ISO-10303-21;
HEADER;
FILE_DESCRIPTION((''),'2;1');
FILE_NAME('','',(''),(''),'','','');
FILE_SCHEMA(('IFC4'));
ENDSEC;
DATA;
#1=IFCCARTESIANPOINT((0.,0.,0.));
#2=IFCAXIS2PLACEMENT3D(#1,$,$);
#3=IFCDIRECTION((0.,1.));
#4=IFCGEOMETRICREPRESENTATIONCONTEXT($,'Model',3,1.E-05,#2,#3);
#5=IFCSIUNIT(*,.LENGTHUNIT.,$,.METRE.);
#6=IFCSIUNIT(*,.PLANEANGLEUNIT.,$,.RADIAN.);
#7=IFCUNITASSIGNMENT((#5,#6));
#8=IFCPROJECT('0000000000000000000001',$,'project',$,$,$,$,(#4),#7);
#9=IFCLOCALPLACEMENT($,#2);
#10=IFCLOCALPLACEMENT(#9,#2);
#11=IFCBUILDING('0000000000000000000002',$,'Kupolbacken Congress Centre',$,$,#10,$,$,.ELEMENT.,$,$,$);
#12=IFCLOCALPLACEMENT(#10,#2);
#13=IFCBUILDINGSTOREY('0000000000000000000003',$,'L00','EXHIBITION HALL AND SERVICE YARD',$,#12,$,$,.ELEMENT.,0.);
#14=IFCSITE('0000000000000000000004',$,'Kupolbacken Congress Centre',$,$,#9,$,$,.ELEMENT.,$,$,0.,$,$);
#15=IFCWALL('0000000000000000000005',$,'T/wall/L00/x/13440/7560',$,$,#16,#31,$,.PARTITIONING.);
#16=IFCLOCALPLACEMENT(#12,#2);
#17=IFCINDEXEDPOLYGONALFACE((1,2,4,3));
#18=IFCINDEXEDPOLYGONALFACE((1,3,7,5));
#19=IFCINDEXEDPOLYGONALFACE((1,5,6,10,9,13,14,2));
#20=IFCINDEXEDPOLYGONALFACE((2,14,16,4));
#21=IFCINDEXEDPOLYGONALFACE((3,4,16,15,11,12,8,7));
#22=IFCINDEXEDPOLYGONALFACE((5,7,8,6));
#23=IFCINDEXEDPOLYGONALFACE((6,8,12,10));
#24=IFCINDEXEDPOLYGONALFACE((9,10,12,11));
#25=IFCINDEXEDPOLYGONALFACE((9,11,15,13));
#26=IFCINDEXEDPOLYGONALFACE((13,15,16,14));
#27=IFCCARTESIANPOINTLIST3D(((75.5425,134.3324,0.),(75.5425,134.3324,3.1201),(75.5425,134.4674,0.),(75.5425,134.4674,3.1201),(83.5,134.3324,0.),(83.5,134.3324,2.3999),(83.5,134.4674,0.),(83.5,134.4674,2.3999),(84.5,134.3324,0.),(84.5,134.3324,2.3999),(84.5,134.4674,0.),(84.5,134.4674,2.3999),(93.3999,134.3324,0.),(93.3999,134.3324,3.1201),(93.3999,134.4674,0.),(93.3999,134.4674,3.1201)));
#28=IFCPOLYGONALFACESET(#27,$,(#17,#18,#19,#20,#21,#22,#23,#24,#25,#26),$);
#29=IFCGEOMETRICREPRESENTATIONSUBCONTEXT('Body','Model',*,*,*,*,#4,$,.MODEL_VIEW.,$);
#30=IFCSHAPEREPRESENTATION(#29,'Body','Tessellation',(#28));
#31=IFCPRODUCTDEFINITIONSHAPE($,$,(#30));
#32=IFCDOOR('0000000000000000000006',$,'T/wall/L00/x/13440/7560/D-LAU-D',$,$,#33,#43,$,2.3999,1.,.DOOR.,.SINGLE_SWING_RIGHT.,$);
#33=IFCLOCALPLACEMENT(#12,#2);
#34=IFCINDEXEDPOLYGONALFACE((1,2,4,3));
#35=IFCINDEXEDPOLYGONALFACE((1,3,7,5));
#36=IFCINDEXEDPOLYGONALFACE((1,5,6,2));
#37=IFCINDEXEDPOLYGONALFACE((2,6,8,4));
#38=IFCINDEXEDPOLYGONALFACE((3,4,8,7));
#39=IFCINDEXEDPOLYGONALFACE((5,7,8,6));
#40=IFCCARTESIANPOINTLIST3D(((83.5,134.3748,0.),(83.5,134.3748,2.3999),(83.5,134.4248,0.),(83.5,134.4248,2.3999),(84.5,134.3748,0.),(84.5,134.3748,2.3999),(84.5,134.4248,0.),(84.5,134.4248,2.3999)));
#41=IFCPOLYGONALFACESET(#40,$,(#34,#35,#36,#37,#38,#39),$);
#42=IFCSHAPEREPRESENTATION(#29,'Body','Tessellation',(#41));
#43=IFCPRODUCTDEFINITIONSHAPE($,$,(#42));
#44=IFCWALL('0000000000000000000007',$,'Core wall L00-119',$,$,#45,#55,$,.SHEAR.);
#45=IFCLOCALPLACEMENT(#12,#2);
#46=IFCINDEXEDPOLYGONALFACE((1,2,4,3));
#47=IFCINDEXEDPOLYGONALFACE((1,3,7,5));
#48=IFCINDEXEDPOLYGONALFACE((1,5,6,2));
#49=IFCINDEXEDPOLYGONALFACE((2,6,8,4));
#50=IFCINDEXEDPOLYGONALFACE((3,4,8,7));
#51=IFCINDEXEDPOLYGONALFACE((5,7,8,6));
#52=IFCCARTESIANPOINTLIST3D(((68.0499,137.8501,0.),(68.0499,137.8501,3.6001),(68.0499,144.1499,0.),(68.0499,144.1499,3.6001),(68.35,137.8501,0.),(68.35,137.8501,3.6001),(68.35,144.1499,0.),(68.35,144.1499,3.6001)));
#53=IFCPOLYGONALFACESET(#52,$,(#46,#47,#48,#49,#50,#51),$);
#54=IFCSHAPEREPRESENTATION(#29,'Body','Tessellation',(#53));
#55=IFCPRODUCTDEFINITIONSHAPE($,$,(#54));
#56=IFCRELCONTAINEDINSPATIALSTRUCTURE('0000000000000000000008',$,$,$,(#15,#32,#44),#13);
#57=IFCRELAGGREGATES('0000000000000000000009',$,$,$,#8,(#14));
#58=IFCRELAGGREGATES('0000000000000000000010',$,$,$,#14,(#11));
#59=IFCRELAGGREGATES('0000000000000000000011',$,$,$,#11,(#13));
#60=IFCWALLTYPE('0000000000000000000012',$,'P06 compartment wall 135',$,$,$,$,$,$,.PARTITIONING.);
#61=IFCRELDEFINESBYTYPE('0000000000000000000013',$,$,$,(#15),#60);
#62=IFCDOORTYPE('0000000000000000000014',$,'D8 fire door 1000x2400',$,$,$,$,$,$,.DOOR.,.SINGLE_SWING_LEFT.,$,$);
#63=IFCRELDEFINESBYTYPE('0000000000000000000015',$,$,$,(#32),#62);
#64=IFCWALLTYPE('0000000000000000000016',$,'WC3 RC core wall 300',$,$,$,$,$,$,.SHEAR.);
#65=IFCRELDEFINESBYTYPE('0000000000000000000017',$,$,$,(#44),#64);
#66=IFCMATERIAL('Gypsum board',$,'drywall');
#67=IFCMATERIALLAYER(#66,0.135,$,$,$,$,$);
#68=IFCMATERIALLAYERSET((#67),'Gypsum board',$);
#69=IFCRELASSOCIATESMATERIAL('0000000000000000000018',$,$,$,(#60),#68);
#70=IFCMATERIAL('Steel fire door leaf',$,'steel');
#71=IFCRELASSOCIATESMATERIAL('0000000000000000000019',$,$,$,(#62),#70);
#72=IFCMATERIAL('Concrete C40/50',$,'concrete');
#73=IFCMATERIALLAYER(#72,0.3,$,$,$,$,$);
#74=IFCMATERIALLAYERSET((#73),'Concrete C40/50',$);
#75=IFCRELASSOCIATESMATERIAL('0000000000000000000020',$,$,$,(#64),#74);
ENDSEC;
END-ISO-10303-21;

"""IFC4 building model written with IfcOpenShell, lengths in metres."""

from ifc_helpers import new_model, si_unit, direction, frame, frame_2d, origin, place, context, subcontext, project, spatial, rectangle, extrude, material, layer, layer_set, type_object, element, fill, save


model = new_model("IFC4")

# Units and contexts
model_context = context("Model", 3, precision=1e-05, world=origin(), true_north=direction((0.0, 1.0)))
body_context = subcontext(model_context, "Body", "Model", "MODEL_VIEW")
ifc_project = project(units=[si_unit("LENGTHUNIT", "METRE"), si_unit("PLANEANGLEUNIT", "RADIAN")], contexts=[model_context])

# Site, building, storey
site_placement = place(None, origin())
site = spatial("IfcSite", under=ifc_project, at=site_placement, Name="Kupolbacken Congress Centre", CompositionType="ELEMENT", RefElevation=0.0)
building_placement = place(site_placement, origin())
building = spatial("IfcBuilding", under=site, at=building_placement, Name="Kupolbacken Congress Centre", CompositionType="ELEMENT")
storey_placement = place(building_placement, origin())
storey = spatial("IfcBuildingStorey", under=building, at=storey_placement, Name="L00", Description="EXHIBITION HALL AND SERVICE YARD", CompositionType="ELEMENT", Elevation=0.0)

# Wall, opening, door
ifc_material_1 = material(Name="Gypsum board", Category="drywall")
ifc_layer_1 = layer(ifc_material_1, 0.135)
ifc_layer_set_1 = layer_set([ifc_layer_1], Name="Gypsum board")
wall_type_1 = type_object("IfcWallType", Name="P06 compartment wall 135", PredefinedType="PARTITIONING", material=ifc_layer_set_1)
wall_1_placement = place(storey_placement, frame((75.5425, 134.3999, 0.0), z_axis=(0.0, 0.0, 1.0), x_axis=(1.0, 0.0, 0.0)))
wall_1 = element("IfcWall", 1, at=wall_1_placement, inside=storey, type_object=wall_type_1, Name="T/wall/L00/x/13440/7560", PredefinedType="PARTITIONING", context=body_context, shape_type="SweptSolid", body=[
    extrude(rectangle(XDim=17.8574, YDim=0.135, at=frame_2d((8.9287, 0.0))), origin(), (0.0, 0.0, 1.0), 3.1201),
])
opening_1_placement = place(wall_1_placement, frame((7.9575, 0.0, 0.0)))
opening_1 = element("IfcOpeningElement", 2, at=opening_1_placement, cuts=wall_1, PredefinedType="OPENING", context=body_context, shape_type="SweptSolid", body=[
    extrude(rectangle(XDim=1.0, YDim=2.3999, at=frame_2d((0.5, 1.2))), frame((0.0, 0.0774, 0.0), z_axis=(0.0, -1.0, 0.0), x_axis=(1.0, 0.0, 0.0)), (0.0, 0.0, 1.0), 0.155),
])
ifc_material_2 = material(Name="Steel fire door leaf", Category="steel")
door_type_1 = type_object("IfcDoorType", Name="D8 fire door 1000x2400", OperationType="SINGLE_SWING_LEFT", PredefinedType="DOOR", material=ifc_material_2)
door_1_placement = place(opening_1_placement, origin())
door_1 = element("IfcDoor", 3, at=door_1_placement, inside=storey, type_object=door_type_1, Name="T/wall/L00/x/13440/7560/D-LAU-D", OperationType="SINGLE_SWING_RIGHT", OverallHeight=2.3999, OverallWidth=1.0, PredefinedType="DOOR", context=body_context, shape_type="SweptSolid", body=[
    extrude(rectangle(XDim=1.0, YDim=2.3999, at=frame_2d((0.5, 1.2))), frame((0.0, 0.0249, 0.0), z_axis=(0.0, -1.0, 0.0), x_axis=(1.0, 0.0, 0.0)), (0.0, 0.0, 1.0), 0.05),
])
fill(opening_1, door_1)

# Wall
ifc_material_3 = material(Name="Concrete C40/50", Category="concrete")
ifc_layer_2 = layer(ifc_material_3, 0.3)
ifc_layer_set_2 = layer_set([ifc_layer_2], Name="Concrete C40/50")
wall_type_2 = type_object("IfcWallType", Name="WC3 RC core wall 300", PredefinedType="SHEAR", material=ifc_layer_set_2)
wall_2_placement = place(storey_placement, frame((68.2, 137.8501, 0.0), z_axis=(0.0, 0.0, 1.0), x_axis=(0.0, 1.0, 0.0)))
element("IfcWall", 4, at=wall_2_placement, inside=storey, type_object=wall_type_2, Name="Core wall L00-119", PredefinedType="SHEAR", context=body_context, shape_type="SweptSolid", body=[
    extrude(rectangle(XDim=6.2998, YDim=0.3, at=frame_2d((3.1499, 0.0))), origin(), (0.0, 0.0, 1.0), 3.6001),
])

save(model, "model.ifc")
